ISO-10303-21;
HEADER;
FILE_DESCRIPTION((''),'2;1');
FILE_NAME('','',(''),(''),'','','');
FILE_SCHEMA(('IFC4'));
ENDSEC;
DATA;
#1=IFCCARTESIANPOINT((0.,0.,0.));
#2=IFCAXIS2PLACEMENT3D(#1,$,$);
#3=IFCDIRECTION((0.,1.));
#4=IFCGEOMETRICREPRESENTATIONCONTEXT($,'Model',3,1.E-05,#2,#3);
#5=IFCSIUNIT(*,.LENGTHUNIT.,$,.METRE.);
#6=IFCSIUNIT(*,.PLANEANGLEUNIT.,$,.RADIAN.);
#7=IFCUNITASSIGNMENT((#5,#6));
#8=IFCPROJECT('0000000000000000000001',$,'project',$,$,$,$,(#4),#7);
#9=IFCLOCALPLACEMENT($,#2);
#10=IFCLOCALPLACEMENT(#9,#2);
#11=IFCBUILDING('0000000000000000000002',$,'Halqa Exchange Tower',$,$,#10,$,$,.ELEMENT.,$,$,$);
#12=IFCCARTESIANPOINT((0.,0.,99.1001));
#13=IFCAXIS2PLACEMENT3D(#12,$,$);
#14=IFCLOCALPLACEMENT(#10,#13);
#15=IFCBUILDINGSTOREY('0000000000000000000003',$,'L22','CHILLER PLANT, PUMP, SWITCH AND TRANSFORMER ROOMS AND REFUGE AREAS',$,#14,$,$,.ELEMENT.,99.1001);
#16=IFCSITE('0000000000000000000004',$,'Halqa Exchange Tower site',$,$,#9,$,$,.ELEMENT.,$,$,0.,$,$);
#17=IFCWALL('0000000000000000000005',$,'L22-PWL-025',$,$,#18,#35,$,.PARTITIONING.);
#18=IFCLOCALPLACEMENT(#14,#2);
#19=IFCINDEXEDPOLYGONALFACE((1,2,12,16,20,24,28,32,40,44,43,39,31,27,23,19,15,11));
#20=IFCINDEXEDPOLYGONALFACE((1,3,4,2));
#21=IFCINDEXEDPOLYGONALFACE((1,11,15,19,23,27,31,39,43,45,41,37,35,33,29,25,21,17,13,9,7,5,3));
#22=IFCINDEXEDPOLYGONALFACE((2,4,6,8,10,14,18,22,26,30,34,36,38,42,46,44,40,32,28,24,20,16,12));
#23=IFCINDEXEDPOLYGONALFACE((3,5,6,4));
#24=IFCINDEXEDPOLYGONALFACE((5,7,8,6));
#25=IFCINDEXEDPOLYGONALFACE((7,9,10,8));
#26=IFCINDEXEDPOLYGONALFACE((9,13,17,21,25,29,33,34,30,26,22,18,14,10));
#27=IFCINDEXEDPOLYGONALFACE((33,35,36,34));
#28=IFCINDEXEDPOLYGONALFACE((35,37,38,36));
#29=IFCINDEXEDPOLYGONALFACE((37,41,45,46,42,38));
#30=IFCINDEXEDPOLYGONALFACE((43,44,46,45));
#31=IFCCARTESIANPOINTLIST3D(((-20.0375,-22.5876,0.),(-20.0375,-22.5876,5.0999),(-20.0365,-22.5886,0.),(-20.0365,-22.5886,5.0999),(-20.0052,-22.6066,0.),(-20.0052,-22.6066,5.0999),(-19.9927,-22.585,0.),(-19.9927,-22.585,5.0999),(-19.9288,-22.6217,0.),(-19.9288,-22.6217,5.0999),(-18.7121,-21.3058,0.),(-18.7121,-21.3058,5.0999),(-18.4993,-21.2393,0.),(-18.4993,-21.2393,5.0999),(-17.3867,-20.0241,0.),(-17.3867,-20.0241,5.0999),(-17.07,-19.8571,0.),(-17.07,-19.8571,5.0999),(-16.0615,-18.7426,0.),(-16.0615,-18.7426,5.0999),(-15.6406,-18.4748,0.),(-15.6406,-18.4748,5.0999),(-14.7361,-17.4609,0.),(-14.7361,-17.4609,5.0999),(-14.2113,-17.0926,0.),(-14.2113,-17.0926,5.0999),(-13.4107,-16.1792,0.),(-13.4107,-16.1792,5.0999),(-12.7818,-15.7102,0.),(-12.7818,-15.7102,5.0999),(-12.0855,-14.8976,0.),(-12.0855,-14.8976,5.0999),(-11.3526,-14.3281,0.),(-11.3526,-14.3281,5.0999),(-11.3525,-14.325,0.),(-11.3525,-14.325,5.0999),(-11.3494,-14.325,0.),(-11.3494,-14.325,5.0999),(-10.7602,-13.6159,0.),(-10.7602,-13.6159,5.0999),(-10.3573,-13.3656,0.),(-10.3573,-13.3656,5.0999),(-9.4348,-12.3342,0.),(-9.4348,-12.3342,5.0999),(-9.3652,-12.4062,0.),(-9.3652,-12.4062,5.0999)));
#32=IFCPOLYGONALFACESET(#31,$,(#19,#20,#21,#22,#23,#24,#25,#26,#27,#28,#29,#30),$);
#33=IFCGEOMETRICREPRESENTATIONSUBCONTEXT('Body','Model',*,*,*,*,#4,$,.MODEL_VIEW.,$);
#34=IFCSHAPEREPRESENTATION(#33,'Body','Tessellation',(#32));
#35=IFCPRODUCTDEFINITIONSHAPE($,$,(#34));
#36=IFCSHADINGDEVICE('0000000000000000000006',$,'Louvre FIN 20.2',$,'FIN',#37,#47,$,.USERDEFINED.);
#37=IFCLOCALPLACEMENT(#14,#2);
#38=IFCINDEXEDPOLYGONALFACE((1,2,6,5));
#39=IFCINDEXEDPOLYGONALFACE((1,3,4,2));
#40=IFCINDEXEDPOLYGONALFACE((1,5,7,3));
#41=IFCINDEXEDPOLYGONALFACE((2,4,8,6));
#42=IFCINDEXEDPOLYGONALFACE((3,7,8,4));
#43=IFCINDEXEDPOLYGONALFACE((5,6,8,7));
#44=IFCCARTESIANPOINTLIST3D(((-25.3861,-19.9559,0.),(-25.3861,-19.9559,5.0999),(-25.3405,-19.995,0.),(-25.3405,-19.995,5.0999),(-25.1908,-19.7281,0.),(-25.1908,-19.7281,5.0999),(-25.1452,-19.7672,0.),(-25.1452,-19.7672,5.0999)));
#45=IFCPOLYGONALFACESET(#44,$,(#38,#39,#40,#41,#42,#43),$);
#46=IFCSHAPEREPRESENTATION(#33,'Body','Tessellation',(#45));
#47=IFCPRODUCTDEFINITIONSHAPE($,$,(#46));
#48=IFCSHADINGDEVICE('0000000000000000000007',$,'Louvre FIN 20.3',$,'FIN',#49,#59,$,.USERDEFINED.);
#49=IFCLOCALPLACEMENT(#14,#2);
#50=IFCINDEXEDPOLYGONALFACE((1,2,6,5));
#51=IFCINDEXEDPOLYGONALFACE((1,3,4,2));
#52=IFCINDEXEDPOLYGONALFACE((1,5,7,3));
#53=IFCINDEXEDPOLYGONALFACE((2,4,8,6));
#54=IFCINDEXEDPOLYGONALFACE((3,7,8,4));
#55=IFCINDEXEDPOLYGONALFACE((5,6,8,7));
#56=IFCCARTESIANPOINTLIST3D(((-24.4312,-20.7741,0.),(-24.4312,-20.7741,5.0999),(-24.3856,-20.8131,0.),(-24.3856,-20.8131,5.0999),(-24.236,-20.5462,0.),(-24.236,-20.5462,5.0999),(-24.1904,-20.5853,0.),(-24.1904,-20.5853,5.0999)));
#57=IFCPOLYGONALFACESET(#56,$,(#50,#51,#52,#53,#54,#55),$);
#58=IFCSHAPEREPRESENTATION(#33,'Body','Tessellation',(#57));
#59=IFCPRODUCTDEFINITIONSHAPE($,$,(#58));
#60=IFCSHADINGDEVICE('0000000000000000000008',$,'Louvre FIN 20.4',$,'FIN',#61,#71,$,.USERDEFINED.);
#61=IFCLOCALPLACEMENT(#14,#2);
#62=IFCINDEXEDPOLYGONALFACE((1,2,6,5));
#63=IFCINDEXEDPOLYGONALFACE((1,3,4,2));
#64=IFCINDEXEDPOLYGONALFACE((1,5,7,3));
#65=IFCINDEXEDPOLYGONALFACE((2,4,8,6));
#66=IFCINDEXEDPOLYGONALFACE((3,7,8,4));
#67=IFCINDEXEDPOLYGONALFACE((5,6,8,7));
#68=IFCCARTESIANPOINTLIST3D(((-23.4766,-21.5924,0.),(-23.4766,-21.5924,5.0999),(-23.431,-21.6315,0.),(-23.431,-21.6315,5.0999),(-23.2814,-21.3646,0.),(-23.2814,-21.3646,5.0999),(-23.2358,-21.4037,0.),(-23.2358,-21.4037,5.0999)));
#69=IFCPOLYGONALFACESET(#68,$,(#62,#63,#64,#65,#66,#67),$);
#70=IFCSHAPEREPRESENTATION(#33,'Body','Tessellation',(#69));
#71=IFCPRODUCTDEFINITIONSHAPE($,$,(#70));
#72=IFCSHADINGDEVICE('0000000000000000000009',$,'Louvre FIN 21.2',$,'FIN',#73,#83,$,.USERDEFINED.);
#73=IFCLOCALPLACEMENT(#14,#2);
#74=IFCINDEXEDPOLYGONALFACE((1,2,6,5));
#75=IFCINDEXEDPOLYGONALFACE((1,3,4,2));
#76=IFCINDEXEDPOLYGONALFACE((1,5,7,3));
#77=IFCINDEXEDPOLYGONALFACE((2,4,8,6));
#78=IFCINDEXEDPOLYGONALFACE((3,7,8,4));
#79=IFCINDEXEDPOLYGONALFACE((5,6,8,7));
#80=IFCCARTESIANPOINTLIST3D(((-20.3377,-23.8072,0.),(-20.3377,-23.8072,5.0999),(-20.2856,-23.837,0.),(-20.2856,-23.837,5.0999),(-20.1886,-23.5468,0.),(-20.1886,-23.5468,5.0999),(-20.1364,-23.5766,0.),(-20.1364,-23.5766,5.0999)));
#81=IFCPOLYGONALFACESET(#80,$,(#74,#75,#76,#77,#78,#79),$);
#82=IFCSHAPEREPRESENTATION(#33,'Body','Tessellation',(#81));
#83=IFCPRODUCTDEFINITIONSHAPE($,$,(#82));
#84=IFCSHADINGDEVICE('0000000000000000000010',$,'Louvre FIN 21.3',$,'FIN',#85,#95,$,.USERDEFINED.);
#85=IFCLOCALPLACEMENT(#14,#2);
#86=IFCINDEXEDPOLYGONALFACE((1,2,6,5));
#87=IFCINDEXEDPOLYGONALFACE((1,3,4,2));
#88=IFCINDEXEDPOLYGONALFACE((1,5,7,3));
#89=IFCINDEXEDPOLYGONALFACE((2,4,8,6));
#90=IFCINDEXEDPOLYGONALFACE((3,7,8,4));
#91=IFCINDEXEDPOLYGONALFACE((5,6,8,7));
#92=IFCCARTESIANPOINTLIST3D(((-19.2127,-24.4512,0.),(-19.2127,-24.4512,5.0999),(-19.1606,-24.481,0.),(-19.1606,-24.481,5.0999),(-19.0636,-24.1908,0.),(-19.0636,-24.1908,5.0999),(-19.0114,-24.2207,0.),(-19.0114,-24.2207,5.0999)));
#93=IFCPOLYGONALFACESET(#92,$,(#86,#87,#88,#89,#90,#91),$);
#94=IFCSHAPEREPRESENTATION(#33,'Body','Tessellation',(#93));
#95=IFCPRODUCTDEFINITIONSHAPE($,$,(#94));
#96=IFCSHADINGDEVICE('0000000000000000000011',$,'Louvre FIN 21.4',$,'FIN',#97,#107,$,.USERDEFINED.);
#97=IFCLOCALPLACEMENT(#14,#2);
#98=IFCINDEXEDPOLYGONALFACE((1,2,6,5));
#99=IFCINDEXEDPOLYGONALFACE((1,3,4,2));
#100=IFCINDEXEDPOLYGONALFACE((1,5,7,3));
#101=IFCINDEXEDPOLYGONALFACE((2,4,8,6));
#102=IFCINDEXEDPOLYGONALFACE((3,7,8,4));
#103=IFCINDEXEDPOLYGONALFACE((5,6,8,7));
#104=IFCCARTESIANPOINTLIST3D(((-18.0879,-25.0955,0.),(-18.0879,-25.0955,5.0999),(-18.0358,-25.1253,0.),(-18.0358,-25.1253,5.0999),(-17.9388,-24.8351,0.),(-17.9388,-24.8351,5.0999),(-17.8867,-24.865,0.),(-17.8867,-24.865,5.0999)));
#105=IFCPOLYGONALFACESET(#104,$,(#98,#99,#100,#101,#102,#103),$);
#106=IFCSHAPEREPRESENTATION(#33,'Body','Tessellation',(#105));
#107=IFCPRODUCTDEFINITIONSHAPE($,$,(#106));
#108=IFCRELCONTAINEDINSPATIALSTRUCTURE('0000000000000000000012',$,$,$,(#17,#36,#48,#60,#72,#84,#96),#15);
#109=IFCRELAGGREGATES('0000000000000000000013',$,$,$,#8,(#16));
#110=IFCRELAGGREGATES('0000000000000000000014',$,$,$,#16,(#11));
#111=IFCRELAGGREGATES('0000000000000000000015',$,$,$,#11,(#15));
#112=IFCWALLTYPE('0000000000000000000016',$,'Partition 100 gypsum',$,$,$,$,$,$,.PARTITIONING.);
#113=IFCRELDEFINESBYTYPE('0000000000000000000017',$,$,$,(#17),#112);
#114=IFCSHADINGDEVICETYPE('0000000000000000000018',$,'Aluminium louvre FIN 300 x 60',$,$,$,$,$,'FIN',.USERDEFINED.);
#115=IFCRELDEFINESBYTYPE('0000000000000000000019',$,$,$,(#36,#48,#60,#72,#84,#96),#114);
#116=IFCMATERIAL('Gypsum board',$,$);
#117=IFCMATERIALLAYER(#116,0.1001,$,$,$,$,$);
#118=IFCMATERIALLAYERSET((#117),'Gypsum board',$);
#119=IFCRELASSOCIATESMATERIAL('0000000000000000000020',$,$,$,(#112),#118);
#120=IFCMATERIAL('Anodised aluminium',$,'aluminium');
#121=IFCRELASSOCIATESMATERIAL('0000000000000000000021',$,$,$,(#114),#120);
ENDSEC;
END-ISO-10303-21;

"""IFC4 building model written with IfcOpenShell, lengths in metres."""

from ifc_helpers import new_model, si_unit, direction, frame, origin, origin_2d, place, context, subcontext, project, spatial, polyline, rectangle, outline, extrude, material, layer, layer_set, material_profile, profile_set, type_object, element, save


model = new_model("IFC4")

# Units and contexts
model_context = context("Model", 3, precision=1e-05, world=origin(), true_north=direction((0.0, 1.0)))
body_context = subcontext(model_context, "Body", "Model", "MODEL_VIEW")
ifc_project = project(units=[si_unit("LENGTHUNIT", "METRE"), si_unit("PLANEANGLEUNIT", "RADIAN")], contexts=[model_context])

# Site, building, storey
site_placement = place(None, origin())
site = spatial("IfcSite", under=ifc_project, at=site_placement, Name="Halqa Exchange Tower site", CompositionType="ELEMENT", RefElevation=0.0)
building_placement = place(site_placement, origin())
building = spatial("IfcBuilding", under=site, at=building_placement, Name="Halqa Exchange Tower", CompositionType="ELEMENT")
storey_placement = place(building_placement, frame((0.0, 0.0, 99.1001)))
storey = spatial("IfcBuildingStorey", under=building, at=storey_placement, Name="L22", Description="CHILLER PLANT, PUMP, SWITCH AND TRANSFORMER ROOMS AND REFUGE AREAS", CompositionType="ELEMENT", Elevation=99.1001)

# Wall
ifc_material_1 = material(Name="Gypsum board")
ifc_layer_1 = layer(ifc_material_1, 0.1001)
ifc_layer_set_1 = layer_set([ifc_layer_1], Name="Gypsum board")
wall_type_1 = type_object("IfcWallType", Name="Partition 100 gypsum", PredefinedType="PARTITIONING", material=ifc_layer_set_1)
wall_1_placement = place(storey_placement, frame((-20.0027, -22.6235, 0.0), z_axis=(0.0, 0.0, 1.0), x_axis=(0.718851, 0.695164, 0.0)))
element("IfcWall", 1, at=wall_1_placement, inside=storey, type_object=wall_type_1, Name="L22-PWL-025", PredefinedType="PARTITIONING", context=body_context, shape_type="SweptSolid", body=[
    extrude(outline(polyline([(0.0544, -0.05), (2.043, -0.05), (4.0312, -0.05), (6.0198, -0.05), (8.0081, -0.05), (9.9966, -0.05), (11.9849, -0.05), (11.9871, -0.0479), (11.9893, -0.05), (13.3694, -0.05), (14.7495, -0.05), (14.7495, 0.05), (12.9058, 0.05), (11.062, 0.05), (9.2185, 0.05), (7.3748, 0.05), (5.531, 0.05), (3.6875, 0.05), (1.8438, 0.05), (0.0, 0.05), (0.0, 0.0486), (0.01, 0.0139), (0.0339, 0.0208), (0.0544, -0.05)])), origin(), (0.0, 0.0, 1.0), 5.0999),
])

# Shading devices
ifc_material_2 = material(Name="Anodised aluminium", Category="aluminium")
ifc_material_profile_1 = material_profile(ifc_material_2, rectangle(XDim=0.3, YDim=0.0601, at=origin_2d()), Name="AL FIN 300x60")
ifc_profile_set_1 = profile_set([ifc_material_profile_1], Name="Anodised aluminium")
shading_device_type = type_object("IfcShadingDeviceType", Name="Aluminium louvre FIN 300 x 60", ElementType="FIN", PredefinedType="USERDEFINED", material=ifc_profile_set_1)
for number, where, z_axis, x_axis, name in (
    (2, (-25.2656, -19.8616, 0.0), (0.0, 0.0, 1.0), (0.650785, 0.759262, 0.0), "Louvre FIN 20.2"),
    (3, (-24.3108, -20.6797, 0.0), (0.0, 0.0, 1.0), (0.650785, 0.759262, 0.0), "Louvre FIN 20.3"),
    (4, (-23.3562, -21.498, 0.0), (0.0, 0.0, 1.0), (0.650785, 0.759262, 0.0), "Louvre FIN 20.4"),
    (5, (-20.2371, -23.6919, 0.0), (0.0, 0.0, 1.0), (0.496985, 0.867759, 0.0), "Louvre FIN 21.2"),
    (6, (-19.1121, -24.3359, 0.0), (0.0, 0.0, 1.0), (0.496985, 0.867759, 0.0), "Louvre FIN 21.3"),
    (7, (-17.9873, -24.9802, 0.0), (0.0, 0.0, 1.0), (0.496985, 0.867759, 0.0), "Louvre FIN 21.4"),
):
    element("IfcShadingDevice", number, at=place(storey_placement, frame(where, z_axis=z_axis, x_axis=x_axis)), inside=storey, type_object=shading_device_type, Name=name, ObjectType="FIN", PredefinedType="USERDEFINED", context=body_context, shape_type="SweptSolid", body=[
        extrude(rectangle(XDim=0.3, YDim=0.0601, at=origin_2d()), origin(), (0.0, 0.0, 1.0), 5.0999),
    ])

save(model, "model.ifc")
